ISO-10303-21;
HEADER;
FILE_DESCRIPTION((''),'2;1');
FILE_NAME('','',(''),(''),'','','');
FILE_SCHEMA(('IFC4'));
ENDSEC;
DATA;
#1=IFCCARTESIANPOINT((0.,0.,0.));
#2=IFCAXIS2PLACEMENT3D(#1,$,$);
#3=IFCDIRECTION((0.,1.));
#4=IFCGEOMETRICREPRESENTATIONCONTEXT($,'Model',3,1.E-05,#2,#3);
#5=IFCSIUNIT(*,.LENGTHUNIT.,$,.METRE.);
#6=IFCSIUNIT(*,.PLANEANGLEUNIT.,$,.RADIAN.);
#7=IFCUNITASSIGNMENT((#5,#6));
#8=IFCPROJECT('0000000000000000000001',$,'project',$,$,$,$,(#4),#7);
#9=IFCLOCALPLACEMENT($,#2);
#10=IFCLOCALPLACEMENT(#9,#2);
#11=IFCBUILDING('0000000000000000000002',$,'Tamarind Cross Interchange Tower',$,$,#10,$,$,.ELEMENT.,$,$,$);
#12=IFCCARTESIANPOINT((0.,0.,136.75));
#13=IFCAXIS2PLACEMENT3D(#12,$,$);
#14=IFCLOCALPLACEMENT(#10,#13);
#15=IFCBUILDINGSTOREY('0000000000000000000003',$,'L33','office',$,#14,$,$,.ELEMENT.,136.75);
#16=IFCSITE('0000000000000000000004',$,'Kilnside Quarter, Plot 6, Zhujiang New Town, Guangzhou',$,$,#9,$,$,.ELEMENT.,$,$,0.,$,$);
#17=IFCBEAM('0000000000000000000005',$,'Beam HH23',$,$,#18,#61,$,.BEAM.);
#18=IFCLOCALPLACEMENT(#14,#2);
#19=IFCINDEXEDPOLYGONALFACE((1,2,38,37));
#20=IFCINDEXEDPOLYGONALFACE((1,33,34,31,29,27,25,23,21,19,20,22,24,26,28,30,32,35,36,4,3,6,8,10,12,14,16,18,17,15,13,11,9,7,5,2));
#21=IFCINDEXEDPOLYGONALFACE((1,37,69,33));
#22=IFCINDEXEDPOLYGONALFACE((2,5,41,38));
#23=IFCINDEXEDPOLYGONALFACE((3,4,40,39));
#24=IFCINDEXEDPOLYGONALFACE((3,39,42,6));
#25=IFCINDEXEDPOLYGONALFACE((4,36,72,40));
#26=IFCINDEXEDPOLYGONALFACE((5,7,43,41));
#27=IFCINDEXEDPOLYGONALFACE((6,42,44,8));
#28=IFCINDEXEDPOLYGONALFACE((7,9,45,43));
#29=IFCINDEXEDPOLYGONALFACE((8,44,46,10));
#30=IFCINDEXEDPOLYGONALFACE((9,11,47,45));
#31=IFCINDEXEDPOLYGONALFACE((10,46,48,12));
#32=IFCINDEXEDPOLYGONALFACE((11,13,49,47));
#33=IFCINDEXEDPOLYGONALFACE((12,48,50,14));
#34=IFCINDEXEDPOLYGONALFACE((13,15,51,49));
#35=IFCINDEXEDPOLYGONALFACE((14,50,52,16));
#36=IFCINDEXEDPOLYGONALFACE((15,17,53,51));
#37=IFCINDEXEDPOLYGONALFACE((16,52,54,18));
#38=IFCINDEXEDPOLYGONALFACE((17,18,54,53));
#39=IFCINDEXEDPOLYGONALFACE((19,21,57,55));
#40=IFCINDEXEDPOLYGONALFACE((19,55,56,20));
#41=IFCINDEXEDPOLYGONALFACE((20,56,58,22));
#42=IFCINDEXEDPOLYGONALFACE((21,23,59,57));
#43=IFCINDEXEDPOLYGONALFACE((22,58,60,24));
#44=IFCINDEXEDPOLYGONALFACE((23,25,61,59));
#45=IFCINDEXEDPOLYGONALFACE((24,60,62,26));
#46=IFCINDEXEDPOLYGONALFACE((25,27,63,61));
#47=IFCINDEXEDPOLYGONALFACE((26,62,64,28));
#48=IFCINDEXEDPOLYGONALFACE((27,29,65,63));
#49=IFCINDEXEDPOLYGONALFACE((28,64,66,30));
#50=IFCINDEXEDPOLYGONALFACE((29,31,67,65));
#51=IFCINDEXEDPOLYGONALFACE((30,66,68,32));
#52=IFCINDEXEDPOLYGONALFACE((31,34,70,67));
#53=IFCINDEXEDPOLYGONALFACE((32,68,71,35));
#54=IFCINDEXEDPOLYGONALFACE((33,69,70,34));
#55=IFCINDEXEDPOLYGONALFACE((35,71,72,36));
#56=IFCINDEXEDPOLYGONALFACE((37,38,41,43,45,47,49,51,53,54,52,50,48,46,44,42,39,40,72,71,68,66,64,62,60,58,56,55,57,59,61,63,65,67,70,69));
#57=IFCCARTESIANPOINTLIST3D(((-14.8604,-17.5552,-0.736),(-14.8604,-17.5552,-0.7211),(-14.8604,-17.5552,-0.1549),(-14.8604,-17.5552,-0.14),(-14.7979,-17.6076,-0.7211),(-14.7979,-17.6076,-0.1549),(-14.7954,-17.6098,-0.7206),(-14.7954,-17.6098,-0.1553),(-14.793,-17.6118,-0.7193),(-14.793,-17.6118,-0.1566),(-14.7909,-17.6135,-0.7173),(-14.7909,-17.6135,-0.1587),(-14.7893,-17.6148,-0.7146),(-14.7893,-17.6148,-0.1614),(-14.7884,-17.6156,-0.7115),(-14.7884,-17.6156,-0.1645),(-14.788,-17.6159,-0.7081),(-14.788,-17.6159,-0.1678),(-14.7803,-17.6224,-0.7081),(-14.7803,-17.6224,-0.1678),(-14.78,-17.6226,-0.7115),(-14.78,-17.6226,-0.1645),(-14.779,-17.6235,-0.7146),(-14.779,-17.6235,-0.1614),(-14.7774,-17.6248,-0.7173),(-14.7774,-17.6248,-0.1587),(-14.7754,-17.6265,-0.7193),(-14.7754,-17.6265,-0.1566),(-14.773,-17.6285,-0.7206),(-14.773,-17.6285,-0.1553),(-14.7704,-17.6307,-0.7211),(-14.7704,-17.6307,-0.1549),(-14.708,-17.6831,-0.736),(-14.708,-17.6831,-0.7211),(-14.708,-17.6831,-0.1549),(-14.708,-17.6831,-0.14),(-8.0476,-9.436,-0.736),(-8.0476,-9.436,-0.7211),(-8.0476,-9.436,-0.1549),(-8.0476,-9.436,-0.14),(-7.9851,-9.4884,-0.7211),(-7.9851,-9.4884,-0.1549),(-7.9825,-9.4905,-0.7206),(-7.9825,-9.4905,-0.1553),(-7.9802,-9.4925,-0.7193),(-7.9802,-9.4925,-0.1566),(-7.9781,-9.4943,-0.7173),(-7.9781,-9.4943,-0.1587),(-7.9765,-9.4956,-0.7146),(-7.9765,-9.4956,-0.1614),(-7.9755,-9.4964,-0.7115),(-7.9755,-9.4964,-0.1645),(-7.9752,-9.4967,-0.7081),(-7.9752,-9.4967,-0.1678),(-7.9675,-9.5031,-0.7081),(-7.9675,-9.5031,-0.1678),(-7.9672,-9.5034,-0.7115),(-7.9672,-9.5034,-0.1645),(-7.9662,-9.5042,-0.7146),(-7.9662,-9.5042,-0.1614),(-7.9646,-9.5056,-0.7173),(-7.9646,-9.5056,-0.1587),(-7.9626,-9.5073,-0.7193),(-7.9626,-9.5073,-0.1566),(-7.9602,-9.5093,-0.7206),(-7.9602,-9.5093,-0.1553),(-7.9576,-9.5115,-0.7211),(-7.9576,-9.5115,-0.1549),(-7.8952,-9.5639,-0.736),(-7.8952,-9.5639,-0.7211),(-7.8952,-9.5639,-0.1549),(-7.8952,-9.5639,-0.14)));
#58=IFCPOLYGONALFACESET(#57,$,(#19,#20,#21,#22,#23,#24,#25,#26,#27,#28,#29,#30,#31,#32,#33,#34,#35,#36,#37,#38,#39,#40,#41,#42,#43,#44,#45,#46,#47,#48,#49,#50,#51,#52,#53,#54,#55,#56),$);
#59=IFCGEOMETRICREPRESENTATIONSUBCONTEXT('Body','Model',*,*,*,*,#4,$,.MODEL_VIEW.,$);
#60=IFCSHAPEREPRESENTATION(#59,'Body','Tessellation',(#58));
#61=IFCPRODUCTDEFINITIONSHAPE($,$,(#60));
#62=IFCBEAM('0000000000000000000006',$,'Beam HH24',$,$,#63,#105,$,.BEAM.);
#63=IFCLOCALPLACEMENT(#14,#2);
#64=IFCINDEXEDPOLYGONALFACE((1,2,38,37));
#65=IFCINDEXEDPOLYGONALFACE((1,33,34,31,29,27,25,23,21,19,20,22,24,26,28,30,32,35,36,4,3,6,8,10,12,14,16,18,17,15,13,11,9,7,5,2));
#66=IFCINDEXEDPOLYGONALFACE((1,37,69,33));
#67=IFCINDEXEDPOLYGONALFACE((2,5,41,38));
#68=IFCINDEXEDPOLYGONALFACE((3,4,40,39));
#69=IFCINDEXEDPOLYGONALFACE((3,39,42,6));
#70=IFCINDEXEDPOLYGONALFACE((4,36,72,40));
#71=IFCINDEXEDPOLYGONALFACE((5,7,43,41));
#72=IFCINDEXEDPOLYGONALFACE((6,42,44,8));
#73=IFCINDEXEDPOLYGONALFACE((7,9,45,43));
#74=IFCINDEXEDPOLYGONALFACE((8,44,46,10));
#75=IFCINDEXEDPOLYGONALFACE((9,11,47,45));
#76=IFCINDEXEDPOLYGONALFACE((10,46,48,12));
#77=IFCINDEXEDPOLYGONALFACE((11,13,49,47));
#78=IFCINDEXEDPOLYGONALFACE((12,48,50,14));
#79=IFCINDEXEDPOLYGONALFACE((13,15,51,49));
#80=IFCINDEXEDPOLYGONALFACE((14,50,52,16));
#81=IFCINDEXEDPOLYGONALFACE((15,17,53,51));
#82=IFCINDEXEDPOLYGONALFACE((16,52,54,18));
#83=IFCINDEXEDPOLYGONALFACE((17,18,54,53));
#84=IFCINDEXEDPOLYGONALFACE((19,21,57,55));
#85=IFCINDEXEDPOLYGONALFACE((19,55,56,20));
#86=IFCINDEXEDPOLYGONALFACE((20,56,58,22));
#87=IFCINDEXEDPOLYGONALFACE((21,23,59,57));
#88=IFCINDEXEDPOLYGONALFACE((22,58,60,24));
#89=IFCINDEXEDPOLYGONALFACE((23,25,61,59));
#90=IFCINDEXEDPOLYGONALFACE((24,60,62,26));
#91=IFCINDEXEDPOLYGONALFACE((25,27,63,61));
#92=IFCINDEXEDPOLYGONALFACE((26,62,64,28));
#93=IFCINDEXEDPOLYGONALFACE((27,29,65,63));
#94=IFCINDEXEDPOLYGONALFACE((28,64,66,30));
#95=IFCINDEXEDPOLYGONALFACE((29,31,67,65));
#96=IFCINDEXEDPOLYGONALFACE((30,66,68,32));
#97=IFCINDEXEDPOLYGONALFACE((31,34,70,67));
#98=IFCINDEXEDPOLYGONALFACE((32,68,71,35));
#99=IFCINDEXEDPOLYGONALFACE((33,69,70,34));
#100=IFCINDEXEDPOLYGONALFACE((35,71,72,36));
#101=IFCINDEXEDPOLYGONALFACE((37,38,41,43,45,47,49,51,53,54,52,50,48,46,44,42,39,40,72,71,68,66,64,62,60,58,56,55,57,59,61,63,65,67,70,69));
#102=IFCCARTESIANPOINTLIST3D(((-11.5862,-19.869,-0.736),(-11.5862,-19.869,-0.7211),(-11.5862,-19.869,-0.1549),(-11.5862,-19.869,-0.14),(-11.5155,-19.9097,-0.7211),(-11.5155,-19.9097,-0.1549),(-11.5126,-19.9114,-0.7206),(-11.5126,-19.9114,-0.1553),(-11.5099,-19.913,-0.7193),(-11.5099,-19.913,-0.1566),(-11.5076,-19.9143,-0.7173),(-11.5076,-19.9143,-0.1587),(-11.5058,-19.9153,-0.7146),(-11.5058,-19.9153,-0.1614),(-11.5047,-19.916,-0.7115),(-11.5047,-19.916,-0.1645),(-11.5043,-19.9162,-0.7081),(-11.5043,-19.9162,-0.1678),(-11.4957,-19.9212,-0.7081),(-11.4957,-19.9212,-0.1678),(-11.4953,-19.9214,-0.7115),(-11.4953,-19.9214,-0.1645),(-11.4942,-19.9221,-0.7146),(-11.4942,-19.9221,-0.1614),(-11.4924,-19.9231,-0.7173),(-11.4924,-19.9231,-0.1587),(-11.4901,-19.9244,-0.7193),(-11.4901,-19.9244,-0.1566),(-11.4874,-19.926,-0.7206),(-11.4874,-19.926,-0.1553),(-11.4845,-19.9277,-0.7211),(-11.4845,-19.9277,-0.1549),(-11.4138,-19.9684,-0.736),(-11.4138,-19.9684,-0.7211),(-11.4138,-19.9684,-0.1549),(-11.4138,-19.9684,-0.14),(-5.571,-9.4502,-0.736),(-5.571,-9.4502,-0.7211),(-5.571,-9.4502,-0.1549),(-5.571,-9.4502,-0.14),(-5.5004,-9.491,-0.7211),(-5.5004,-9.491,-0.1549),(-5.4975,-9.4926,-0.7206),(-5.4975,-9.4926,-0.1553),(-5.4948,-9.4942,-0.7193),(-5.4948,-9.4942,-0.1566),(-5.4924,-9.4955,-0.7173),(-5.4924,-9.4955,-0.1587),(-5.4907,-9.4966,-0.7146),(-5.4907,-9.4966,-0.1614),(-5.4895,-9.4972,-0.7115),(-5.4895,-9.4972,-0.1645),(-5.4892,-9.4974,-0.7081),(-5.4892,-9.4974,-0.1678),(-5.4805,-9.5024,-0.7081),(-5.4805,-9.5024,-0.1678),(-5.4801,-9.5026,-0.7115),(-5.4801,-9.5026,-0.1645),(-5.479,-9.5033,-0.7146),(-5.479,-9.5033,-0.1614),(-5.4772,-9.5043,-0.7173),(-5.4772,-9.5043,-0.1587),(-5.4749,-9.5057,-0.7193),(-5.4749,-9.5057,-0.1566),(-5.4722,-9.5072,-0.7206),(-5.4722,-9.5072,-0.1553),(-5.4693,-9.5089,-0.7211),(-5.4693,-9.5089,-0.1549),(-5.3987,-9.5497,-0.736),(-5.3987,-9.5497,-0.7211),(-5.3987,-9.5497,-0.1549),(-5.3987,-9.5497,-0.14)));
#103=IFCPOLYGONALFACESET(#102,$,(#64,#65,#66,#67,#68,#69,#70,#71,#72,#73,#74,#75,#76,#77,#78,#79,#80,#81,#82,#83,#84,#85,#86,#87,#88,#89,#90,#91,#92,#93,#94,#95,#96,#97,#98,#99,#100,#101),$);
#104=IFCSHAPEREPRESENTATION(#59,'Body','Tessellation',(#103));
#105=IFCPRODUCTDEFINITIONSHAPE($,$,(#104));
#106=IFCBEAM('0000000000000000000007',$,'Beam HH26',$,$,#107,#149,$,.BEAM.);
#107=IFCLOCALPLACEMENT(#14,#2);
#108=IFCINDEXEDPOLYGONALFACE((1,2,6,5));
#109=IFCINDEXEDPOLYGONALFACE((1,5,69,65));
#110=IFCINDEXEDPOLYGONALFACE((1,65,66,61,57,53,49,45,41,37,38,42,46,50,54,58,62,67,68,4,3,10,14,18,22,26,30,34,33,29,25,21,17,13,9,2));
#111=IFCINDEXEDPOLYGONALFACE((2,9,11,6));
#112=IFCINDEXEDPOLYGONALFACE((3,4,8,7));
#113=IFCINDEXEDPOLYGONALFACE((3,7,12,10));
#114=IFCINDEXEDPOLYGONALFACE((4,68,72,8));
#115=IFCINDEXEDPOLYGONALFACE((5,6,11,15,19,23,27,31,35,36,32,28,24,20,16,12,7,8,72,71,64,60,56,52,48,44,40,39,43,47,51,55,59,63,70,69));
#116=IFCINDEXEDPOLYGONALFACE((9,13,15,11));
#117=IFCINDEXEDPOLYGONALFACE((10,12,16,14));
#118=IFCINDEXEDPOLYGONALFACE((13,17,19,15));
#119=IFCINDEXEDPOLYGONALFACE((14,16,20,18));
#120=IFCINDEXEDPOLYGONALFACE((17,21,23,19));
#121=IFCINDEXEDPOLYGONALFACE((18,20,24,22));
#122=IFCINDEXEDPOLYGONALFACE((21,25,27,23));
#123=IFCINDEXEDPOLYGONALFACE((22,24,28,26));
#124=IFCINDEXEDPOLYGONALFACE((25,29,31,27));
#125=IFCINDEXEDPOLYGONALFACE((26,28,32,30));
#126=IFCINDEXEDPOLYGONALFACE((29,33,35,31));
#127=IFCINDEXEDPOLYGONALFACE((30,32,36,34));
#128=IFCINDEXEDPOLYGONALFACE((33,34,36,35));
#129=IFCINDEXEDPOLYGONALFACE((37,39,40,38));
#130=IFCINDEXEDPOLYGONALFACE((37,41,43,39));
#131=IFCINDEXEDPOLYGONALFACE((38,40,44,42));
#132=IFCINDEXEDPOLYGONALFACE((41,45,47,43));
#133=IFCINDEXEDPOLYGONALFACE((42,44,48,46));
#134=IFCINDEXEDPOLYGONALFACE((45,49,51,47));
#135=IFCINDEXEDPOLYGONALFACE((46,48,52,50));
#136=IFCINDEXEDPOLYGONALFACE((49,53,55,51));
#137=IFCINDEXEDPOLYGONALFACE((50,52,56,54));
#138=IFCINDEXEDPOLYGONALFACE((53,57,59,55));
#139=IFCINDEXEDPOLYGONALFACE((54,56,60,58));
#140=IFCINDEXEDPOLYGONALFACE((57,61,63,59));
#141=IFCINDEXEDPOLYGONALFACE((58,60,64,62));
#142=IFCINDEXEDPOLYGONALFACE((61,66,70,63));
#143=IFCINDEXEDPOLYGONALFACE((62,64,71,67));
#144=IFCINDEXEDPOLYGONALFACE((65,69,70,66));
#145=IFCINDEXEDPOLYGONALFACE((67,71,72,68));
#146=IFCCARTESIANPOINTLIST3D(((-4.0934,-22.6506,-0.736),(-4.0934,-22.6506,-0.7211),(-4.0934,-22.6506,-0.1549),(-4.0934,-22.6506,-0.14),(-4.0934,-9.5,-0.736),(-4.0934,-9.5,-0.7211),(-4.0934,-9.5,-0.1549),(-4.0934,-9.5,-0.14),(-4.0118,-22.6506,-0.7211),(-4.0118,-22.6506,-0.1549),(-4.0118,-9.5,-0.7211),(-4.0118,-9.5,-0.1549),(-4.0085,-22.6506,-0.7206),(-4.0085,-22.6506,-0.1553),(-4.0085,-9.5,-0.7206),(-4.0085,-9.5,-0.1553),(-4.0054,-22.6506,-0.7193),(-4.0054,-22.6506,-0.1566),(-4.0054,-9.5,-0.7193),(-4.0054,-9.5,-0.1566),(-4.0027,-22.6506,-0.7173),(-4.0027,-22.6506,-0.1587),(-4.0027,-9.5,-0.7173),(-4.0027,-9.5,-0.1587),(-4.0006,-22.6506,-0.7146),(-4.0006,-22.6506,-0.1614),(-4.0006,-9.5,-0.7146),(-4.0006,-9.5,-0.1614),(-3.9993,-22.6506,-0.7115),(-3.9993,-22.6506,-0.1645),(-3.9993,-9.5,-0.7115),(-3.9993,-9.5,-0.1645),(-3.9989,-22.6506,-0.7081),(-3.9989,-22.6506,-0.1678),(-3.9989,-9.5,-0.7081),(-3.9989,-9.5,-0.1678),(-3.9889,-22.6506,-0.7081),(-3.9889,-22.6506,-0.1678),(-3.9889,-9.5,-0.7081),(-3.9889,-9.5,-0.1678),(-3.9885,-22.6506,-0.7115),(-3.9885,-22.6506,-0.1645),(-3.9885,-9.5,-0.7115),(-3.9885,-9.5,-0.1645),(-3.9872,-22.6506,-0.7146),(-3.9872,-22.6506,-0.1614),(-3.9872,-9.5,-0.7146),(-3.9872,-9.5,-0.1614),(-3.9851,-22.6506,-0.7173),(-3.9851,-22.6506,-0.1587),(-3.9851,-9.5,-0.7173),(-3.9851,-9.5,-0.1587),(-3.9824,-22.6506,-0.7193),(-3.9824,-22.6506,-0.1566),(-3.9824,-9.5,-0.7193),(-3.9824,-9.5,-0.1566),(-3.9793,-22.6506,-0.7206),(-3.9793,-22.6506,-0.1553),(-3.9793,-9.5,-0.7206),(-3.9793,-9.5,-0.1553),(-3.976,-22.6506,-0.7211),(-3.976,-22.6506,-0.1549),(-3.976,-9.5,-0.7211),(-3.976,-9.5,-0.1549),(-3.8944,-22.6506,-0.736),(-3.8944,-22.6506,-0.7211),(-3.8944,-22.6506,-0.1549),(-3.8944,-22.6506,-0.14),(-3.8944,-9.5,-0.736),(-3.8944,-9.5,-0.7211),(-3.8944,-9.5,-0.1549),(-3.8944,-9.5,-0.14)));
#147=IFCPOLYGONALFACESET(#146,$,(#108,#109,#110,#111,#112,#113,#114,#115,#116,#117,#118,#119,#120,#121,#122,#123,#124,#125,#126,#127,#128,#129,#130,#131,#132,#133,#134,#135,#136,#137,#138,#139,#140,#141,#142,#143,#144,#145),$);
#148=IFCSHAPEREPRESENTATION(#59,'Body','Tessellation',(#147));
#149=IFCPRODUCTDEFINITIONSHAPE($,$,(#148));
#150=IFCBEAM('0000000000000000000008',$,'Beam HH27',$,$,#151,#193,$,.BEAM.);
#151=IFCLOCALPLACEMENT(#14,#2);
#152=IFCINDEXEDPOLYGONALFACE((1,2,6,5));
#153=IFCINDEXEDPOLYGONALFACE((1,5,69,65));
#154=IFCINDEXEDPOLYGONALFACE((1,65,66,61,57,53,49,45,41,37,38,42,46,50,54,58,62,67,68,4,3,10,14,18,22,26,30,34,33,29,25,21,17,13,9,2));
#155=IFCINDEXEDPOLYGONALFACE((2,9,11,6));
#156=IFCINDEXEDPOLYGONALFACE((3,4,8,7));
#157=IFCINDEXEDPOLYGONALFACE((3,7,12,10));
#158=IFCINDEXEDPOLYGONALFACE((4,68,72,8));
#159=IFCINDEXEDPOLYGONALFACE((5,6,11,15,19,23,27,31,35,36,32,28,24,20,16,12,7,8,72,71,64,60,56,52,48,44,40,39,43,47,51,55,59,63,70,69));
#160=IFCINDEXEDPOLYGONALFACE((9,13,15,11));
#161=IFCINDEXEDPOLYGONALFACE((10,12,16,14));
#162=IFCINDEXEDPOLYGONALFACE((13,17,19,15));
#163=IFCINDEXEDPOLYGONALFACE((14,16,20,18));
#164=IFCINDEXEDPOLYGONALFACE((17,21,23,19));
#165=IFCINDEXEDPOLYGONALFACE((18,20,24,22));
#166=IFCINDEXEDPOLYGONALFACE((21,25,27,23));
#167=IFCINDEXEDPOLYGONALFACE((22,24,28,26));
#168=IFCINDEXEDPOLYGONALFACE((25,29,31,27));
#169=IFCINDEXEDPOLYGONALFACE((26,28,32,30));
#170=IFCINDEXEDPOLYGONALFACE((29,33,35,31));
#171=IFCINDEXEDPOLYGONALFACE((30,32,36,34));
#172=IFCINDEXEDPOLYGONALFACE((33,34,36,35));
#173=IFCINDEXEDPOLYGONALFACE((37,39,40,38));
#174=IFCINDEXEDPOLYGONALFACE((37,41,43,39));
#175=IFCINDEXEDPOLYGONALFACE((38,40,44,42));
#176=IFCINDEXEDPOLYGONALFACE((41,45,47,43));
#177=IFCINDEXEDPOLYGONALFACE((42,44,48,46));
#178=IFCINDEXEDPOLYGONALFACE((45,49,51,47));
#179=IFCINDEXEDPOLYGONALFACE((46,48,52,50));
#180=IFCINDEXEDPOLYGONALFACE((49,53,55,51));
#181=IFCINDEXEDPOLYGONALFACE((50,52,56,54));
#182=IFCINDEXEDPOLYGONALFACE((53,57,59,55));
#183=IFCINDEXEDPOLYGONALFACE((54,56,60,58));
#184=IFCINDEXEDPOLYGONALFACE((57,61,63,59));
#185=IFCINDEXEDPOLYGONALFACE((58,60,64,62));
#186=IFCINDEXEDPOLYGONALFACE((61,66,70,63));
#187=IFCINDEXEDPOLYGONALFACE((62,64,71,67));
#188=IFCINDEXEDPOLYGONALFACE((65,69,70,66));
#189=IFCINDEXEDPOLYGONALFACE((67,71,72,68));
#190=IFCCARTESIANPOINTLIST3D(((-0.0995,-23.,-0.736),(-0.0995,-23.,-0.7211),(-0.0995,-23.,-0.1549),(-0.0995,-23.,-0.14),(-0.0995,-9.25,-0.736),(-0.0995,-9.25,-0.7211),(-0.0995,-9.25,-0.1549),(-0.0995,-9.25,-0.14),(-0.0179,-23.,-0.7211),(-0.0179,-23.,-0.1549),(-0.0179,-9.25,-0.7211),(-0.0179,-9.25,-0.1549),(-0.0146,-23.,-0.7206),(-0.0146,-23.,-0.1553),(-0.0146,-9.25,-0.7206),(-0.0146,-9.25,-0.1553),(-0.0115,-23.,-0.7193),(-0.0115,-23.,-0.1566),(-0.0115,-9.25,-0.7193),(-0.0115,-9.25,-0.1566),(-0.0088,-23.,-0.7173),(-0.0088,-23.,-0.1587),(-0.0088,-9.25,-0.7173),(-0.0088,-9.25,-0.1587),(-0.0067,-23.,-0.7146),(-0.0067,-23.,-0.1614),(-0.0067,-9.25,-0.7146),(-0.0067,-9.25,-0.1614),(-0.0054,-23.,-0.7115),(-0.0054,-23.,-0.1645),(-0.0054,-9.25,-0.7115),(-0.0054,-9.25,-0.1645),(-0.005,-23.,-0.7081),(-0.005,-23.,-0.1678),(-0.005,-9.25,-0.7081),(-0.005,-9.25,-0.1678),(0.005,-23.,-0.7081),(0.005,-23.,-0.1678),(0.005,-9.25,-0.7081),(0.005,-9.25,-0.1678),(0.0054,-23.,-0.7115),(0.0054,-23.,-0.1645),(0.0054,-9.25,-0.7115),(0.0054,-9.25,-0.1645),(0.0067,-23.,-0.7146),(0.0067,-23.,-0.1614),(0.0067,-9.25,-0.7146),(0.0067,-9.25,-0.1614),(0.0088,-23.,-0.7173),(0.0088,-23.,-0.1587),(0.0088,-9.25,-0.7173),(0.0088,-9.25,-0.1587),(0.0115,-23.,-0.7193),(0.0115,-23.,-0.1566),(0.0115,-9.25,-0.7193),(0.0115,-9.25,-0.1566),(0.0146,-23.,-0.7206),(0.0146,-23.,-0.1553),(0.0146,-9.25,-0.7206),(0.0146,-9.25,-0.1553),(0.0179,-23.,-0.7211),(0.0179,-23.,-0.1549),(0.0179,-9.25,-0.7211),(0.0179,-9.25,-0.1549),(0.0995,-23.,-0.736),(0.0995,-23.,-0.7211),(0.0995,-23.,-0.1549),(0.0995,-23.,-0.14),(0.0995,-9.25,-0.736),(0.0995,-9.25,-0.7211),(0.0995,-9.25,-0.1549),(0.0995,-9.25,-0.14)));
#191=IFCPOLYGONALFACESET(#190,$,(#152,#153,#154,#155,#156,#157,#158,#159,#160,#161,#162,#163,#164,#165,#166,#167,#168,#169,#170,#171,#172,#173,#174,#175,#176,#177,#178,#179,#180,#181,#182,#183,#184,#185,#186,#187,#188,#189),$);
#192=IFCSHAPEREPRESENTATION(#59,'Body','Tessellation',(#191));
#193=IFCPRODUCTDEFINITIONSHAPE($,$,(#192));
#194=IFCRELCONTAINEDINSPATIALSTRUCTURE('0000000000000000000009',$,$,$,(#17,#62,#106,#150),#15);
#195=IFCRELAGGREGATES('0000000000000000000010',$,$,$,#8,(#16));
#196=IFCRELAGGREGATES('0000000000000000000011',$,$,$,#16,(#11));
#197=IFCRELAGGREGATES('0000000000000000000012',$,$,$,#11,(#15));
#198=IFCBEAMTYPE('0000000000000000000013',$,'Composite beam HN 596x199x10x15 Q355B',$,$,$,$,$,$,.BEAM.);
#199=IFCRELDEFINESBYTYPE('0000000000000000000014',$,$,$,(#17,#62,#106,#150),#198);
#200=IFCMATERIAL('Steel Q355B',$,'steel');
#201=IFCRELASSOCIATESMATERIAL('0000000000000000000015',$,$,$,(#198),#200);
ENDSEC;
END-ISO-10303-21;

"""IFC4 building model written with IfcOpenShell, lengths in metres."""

from ifc_helpers import new_model, si_unit, direction, frame, origin, origin_2d, place, context, subcontext, project, spatial, i_section, extrude, material, material_profile, profile_set, type_object, element, save


model = new_model("IFC4")

# Units and contexts
model_context = context("Model", 3, precision=1e-05, world=origin(), true_north=direction((0.0, 1.0)))
body_context = subcontext(model_context, "Body", "Model", "MODEL_VIEW")
ifc_project = project(units=[si_unit("LENGTHUNIT", "METRE"), si_unit("PLANEANGLEUNIT", "RADIAN")], contexts=[model_context])

# Site, building, storey
site_placement = place(None, origin())
site = spatial("IfcSite", under=ifc_project, at=site_placement, Name="Kilnside Quarter, Plot 6, Zhujiang New Town, Guangzhou", CompositionType="ELEMENT", RefElevation=0.0)
building_placement = place(site_placement, origin())
building = spatial("IfcBuilding", under=site, at=building_placement, Name="Tamarind Cross Interchange Tower", CompositionType="ELEMENT")
storey_placement = place(building_placement, frame((0.0, 0.0, 136.75)))
storey = spatial("IfcBuildingStorey", under=building, at=storey_placement, Name="L33", Description="office", CompositionType="ELEMENT", Elevation=136.75)

# Beams
ifc_material_1 = material(Name="Steel Q355B", Category="steel")
ifc_material_profile_1 = material_profile(ifc_material_1, i_section(OverallWidth=0.199, OverallDepth=0.5959, WebThickness=0.01, FlangeThickness=0.0149, FilletRadius=0.0129, at=origin_2d()), Name="HN 596x199x10x15")
ifc_profile_set_1 = profile_set([ifc_material_profile_1], Name="Steel Q355B")
beam_type_1 = type_object("IfcBeamType", Name="Composite beam HN 596x199x10x15 Q355B", PredefinedType="BEAM", material=ifc_profile_set_1)
beam_1_placement = place(storey_placement, frame((-14.7842, -17.6191, -0.438), z_axis=(0.642786, 0.766046, 0.0), x_axis=(-0.766046, 0.642786, 0.0)))
element("IfcBeam", 1, at=beam_1_placement, inside=storey, type_object=beam_type_1, Name="Beam HH23", PredefinedType="BEAM", context=body_context, shape_type="SweptSolid", body=[
    extrude(i_section(OverallWidth=0.199, OverallDepth=0.5959, WebThickness=0.01, FlangeThickness=0.0149, FilletRadius=0.0129, at=origin_2d()), origin(), (0.0, 0.0, 1.0), 10.5989),
])
beam_2_placement = place(storey_placement, frame((-11.5, -19.9187, -0.438), z_axis=(0.499994, 0.866029, 0.0), x_axis=(-0.866029, 0.499994, 0.0)))
element("IfcBeam", 2, at=beam_2_placement, inside=storey, type_object=beam_type_1, Name="Beam HH24", PredefinedType="BEAM", context=body_context, shape_type="SweptSolid", body=[
    extrude(i_section(OverallWidth=0.199, OverallDepth=0.5959, WebThickness=0.01, FlangeThickness=0.0149, FilletRadius=0.0129, at=origin_2d()), origin(), (0.0, 0.0, 1.0), 12.0305),
])
beam_3_placement = place(storey_placement, frame((-3.9939, -22.6506, -0.438), z_axis=(0.0, 1.0, 0.0), x_axis=(-1.0, 0.0, 0.0)))
element("IfcBeam", 3, at=beam_3_placement, inside=storey, type_object=beam_type_1, Name="Beam HH26", PredefinedType="BEAM", context=body_context, shape_type="SweptSolid", body=[
    extrude(i_section(OverallWidth=0.199, OverallDepth=0.5959, WebThickness=0.01, FlangeThickness=0.0149, FilletRadius=0.0129, at=origin_2d()), origin(), (0.0, 0.0, 1.0), 13.1506),
])
beam_4_placement = place(storey_placement, frame((0.0, -23.0, -0.438), z_axis=(0.0, 1.0, 0.0), x_axis=(-1.0, 0.0, 0.0)))
element("IfcBeam", 4, at=beam_4_placement, inside=storey, type_object=beam_type_1, Name="Beam HH27", PredefinedType="BEAM", context=body_context, shape_type="SweptSolid", body=[
    extrude(i_section(OverallWidth=0.199, OverallDepth=0.5959, WebThickness=0.01, FlangeThickness=0.0149, FilletRadius=0.0129, at=origin_2d()), origin(), (0.0, 0.0, 1.0), 13.75),
])

save(model, "model.ifc")
